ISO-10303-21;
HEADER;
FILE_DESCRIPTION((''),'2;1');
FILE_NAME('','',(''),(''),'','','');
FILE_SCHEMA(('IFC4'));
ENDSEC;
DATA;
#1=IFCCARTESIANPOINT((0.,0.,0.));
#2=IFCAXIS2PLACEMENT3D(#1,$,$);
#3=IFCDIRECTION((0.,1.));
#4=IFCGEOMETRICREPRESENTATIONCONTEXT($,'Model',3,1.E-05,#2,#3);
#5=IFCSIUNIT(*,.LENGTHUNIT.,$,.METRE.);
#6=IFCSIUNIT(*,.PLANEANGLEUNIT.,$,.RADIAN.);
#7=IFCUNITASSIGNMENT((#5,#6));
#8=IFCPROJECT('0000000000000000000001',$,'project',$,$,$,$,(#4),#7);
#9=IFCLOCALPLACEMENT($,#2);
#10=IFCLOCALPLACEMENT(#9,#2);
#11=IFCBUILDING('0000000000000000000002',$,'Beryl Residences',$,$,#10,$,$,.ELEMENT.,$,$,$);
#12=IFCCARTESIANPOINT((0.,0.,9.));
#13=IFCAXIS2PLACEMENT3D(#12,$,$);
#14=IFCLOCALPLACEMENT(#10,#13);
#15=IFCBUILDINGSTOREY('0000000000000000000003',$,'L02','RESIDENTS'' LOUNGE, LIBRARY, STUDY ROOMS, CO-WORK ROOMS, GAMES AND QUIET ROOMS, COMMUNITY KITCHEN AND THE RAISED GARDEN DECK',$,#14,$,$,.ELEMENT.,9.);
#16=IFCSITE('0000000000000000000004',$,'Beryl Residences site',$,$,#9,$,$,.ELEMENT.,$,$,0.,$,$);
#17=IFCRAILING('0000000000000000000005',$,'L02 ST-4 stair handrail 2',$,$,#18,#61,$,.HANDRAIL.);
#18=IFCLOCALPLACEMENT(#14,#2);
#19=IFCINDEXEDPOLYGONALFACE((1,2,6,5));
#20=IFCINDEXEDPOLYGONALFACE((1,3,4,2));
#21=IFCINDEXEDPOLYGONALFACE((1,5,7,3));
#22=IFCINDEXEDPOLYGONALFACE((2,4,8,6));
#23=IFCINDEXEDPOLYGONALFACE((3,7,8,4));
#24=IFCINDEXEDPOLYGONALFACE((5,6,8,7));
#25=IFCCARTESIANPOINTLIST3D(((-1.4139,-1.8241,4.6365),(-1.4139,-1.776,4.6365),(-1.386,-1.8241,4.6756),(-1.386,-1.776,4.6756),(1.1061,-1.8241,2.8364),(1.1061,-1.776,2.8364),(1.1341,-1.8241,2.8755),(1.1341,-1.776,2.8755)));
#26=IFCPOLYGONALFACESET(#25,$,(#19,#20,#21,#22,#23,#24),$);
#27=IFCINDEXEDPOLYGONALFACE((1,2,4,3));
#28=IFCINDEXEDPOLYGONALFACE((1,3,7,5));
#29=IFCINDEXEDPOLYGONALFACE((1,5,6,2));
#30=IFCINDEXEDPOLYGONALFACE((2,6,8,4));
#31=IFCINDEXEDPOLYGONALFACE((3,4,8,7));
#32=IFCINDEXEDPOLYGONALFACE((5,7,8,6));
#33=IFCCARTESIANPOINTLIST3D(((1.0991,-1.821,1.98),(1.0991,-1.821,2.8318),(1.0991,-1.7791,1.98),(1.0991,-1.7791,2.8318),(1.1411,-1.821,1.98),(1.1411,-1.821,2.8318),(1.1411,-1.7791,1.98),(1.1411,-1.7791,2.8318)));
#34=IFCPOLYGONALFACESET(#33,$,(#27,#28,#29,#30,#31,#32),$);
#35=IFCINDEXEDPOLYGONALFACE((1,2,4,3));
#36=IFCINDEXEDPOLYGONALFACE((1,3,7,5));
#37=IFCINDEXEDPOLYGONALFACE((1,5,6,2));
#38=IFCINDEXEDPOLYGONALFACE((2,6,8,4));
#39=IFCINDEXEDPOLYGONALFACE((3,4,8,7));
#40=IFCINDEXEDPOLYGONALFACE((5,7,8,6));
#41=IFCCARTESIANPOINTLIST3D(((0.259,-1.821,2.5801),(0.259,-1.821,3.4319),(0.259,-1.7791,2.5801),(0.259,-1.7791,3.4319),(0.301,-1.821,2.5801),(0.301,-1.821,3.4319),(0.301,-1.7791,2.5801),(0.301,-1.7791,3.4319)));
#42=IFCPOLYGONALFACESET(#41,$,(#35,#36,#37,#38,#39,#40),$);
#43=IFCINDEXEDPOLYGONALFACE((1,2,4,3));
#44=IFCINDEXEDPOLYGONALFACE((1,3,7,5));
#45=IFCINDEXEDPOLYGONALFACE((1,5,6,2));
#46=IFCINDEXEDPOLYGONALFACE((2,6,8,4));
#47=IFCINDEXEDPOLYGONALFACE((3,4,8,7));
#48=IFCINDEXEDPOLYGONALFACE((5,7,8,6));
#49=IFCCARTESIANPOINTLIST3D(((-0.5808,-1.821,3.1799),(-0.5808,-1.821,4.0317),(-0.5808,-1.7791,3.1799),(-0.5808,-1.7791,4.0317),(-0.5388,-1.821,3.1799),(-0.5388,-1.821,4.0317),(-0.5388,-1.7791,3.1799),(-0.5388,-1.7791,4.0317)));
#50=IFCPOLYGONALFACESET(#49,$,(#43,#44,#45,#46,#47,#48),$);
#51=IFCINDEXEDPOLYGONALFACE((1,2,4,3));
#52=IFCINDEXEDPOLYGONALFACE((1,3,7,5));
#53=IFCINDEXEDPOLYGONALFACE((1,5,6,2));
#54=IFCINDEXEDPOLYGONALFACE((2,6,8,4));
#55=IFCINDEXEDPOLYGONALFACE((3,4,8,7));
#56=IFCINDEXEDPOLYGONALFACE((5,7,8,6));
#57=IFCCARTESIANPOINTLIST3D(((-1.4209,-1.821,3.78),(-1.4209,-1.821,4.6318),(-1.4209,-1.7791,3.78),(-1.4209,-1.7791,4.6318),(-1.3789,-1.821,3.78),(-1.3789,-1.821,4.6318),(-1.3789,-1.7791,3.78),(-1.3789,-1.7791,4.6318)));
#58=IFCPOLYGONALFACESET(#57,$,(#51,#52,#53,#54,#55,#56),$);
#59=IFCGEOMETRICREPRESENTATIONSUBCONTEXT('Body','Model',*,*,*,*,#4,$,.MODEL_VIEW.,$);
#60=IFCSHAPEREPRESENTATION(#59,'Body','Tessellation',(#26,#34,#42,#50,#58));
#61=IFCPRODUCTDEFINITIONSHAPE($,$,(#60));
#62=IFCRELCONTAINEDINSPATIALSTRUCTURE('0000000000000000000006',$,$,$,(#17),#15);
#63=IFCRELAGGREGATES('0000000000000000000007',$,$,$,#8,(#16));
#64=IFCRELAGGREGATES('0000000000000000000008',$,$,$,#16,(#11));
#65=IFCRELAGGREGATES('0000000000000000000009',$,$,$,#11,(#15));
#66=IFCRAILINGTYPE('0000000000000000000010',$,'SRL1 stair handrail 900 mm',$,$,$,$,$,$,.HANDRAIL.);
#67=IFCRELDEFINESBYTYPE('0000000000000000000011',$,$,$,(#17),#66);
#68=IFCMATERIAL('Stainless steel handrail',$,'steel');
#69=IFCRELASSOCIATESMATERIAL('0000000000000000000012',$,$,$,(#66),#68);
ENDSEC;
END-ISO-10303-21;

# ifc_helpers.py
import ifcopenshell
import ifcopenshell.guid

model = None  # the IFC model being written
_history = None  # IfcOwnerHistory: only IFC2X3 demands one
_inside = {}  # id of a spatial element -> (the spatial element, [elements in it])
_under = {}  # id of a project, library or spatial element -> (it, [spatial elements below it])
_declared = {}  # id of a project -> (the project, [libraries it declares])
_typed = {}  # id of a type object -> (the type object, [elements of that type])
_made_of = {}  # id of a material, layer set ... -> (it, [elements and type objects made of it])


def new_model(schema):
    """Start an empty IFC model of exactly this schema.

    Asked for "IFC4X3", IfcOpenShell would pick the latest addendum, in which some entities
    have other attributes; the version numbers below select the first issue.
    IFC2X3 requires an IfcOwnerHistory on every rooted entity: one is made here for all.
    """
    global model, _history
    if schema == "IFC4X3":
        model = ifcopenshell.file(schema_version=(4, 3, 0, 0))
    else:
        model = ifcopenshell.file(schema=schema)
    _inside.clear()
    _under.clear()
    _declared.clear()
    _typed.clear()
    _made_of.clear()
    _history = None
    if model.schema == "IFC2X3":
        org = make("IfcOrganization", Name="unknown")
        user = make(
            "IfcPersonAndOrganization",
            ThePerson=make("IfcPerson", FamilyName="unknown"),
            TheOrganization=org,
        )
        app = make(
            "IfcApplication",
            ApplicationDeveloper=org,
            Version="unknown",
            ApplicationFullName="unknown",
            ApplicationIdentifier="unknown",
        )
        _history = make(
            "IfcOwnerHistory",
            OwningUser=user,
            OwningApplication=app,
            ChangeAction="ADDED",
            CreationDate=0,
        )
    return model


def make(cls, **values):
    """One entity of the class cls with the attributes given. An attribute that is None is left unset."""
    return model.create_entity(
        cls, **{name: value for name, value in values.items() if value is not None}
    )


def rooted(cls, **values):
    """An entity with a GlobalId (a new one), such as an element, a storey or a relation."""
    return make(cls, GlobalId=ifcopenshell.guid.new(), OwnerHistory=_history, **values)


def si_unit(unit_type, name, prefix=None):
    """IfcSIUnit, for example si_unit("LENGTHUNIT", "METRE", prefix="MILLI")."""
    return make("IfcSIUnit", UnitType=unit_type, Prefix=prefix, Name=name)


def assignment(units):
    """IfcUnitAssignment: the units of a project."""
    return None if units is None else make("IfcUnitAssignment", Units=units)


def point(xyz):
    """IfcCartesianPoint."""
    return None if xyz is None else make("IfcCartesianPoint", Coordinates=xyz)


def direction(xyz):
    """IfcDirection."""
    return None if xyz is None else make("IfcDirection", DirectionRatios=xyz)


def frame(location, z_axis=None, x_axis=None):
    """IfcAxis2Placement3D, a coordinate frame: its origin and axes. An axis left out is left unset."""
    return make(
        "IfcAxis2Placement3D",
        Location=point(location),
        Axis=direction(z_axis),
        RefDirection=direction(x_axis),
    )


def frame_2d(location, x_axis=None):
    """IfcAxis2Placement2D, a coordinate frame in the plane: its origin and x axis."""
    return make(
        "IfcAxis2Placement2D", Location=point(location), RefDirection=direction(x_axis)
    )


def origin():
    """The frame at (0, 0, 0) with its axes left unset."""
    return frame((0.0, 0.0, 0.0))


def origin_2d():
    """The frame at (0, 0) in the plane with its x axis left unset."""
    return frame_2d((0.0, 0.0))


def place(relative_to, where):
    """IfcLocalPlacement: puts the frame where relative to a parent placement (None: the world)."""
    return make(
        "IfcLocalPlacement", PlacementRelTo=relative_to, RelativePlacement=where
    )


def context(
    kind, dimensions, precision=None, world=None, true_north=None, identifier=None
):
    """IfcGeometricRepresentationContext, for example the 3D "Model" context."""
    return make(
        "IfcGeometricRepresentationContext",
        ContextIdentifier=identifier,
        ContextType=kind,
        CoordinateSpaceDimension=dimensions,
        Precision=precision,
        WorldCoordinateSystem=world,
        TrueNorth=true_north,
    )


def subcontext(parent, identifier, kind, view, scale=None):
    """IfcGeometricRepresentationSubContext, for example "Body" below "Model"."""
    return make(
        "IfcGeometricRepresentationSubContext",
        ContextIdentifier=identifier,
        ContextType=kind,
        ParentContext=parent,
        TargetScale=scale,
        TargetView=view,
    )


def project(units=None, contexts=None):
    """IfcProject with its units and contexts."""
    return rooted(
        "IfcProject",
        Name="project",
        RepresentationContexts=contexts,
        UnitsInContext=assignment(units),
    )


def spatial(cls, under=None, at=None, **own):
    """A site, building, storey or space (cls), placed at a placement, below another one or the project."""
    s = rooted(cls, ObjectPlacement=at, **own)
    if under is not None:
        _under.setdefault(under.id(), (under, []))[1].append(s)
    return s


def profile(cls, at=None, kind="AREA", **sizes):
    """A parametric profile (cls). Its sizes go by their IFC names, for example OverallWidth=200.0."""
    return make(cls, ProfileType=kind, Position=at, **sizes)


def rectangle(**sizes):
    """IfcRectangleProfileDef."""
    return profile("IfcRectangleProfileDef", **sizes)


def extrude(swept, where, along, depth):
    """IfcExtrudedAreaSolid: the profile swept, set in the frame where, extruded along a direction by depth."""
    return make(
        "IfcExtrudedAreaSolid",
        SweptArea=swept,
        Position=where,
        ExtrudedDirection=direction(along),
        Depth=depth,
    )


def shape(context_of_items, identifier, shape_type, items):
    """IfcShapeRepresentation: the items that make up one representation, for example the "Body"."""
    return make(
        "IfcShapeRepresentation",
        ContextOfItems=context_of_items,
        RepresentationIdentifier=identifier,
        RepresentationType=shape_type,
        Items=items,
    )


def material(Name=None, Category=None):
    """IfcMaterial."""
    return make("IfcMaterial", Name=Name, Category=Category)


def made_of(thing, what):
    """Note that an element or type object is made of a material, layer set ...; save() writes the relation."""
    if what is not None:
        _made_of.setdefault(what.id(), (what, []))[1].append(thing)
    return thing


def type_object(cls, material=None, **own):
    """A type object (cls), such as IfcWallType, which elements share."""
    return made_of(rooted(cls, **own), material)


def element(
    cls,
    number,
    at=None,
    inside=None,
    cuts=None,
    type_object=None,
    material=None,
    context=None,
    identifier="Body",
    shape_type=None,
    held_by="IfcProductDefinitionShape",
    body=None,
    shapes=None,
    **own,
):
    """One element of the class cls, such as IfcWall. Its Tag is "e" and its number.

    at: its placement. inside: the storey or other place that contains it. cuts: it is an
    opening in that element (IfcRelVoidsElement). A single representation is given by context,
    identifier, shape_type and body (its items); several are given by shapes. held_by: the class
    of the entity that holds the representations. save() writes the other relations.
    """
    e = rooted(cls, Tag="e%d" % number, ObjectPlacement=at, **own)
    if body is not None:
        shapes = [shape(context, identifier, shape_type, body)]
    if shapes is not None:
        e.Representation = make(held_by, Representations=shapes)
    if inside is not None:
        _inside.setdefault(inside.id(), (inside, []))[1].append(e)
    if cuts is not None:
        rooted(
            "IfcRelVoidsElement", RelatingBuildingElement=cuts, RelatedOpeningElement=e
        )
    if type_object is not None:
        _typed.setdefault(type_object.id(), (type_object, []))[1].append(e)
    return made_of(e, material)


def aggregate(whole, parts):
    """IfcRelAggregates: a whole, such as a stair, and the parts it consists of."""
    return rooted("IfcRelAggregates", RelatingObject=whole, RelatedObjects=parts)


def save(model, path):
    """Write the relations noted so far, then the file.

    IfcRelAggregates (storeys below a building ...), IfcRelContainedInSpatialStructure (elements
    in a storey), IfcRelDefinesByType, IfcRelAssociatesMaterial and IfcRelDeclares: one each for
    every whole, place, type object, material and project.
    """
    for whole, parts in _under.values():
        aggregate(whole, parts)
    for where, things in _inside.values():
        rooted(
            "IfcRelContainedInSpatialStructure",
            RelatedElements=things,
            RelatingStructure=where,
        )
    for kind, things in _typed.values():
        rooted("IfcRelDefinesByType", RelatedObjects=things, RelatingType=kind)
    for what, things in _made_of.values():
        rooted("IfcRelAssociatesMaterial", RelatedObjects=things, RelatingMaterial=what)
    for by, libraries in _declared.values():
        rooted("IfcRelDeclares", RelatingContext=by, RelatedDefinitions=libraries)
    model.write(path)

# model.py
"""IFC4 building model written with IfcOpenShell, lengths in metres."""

from ifc_helpers import new_model, si_unit, direction, frame, origin, origin_2d, place, context, subcontext, project, spatial, rectangle, extrude, material, type_object, element, save


model = new_model("IFC4")

# Units and contexts
model_context = context("Model", 3, precision=1e-05, world=origin(), true_north=direction((0.0, 1.0)))
body_context = subcontext(model_context, "Body", "Model", "MODEL_VIEW")
ifc_project = project(units=[si_unit("LENGTHUNIT", "METRE"), si_unit("PLANEANGLEUNIT", "RADIAN")], contexts=[model_context])

# Site, building, storey
site_placement = place(None, origin())
site = spatial("IfcSite", under=ifc_project, at=site_placement, Name="Beryl Residences site", CompositionType="ELEMENT", RefElevation=0.0)
building_placement = place(site_placement, origin())
building = spatial("IfcBuilding", under=site, at=building_placement, Name="Beryl Residences", CompositionType="ELEMENT")
storey_placement = place(building_placement, frame((0.0, 0.0, 9.0)))
storey = spatial("IfcBuildingStorey", under=building, at=storey_placement, Name="L02", Description="RESIDENTS' LOUNGE, LIBRARY, STUDY ROOMS, CO-WORK ROOMS, GAMES AND QUIET ROOMS, COMMUNITY KITCHEN AND THE RAISED GARDEN DECK", CompositionType="ELEMENT", Elevation=9.0)

# Railing
ifc_material_1 = material(Name="Stainless steel handrail", Category="steel")
railing_type_1 = type_object("IfcRailingType", Name="SRL1 stair handrail 900 mm", PredefinedType="HANDRAIL", material=ifc_material_1)
railing_1_placement = place(storey_placement, frame((1.1201, -1.8, 1.98)))
element("IfcRailing", 1, at=railing_1_placement, inside=storey, type_object=railing_type_1, Name="L02 ST-4 stair handrail 2", PredefinedType="HANDRAIL", context=body_context, shape_type="SweptSolid", body=[
    extrude(rectangle(XDim=0.0481, YDim=0.0481, at=origin_2d()), frame((0.0, 0.0, 0.876), z_axis=(-0.813728, 0.0, 0.581246), x_axis=(0.0, -1.0, 0.0)), (0.0, 0.0, 1.0), 3.0969),
    extrude(rectangle(XDim=0.042, YDim=0.042, at=origin_2d()), origin(), (0.0, 0.0, 1.0), 0.8518),
    extrude(rectangle(XDim=0.042, YDim=0.042, at=origin_2d()), frame((-0.8401, 0.0, 0.6001)), (0.0, 0.0, 1.0), 0.8518),
    extrude(rectangle(XDim=0.042, YDim=0.042, at=origin_2d()), frame((-1.6799, 0.0, 1.2)), (0.0, 0.0, 1.0), 0.8518),
    extrude(rectangle(XDim=0.042, YDim=0.042, at=origin_2d()), frame((-2.52, 0.0, 1.8)), (0.0, 0.0, 1.0), 0.8518),
])

save(model, "model.ifc")
